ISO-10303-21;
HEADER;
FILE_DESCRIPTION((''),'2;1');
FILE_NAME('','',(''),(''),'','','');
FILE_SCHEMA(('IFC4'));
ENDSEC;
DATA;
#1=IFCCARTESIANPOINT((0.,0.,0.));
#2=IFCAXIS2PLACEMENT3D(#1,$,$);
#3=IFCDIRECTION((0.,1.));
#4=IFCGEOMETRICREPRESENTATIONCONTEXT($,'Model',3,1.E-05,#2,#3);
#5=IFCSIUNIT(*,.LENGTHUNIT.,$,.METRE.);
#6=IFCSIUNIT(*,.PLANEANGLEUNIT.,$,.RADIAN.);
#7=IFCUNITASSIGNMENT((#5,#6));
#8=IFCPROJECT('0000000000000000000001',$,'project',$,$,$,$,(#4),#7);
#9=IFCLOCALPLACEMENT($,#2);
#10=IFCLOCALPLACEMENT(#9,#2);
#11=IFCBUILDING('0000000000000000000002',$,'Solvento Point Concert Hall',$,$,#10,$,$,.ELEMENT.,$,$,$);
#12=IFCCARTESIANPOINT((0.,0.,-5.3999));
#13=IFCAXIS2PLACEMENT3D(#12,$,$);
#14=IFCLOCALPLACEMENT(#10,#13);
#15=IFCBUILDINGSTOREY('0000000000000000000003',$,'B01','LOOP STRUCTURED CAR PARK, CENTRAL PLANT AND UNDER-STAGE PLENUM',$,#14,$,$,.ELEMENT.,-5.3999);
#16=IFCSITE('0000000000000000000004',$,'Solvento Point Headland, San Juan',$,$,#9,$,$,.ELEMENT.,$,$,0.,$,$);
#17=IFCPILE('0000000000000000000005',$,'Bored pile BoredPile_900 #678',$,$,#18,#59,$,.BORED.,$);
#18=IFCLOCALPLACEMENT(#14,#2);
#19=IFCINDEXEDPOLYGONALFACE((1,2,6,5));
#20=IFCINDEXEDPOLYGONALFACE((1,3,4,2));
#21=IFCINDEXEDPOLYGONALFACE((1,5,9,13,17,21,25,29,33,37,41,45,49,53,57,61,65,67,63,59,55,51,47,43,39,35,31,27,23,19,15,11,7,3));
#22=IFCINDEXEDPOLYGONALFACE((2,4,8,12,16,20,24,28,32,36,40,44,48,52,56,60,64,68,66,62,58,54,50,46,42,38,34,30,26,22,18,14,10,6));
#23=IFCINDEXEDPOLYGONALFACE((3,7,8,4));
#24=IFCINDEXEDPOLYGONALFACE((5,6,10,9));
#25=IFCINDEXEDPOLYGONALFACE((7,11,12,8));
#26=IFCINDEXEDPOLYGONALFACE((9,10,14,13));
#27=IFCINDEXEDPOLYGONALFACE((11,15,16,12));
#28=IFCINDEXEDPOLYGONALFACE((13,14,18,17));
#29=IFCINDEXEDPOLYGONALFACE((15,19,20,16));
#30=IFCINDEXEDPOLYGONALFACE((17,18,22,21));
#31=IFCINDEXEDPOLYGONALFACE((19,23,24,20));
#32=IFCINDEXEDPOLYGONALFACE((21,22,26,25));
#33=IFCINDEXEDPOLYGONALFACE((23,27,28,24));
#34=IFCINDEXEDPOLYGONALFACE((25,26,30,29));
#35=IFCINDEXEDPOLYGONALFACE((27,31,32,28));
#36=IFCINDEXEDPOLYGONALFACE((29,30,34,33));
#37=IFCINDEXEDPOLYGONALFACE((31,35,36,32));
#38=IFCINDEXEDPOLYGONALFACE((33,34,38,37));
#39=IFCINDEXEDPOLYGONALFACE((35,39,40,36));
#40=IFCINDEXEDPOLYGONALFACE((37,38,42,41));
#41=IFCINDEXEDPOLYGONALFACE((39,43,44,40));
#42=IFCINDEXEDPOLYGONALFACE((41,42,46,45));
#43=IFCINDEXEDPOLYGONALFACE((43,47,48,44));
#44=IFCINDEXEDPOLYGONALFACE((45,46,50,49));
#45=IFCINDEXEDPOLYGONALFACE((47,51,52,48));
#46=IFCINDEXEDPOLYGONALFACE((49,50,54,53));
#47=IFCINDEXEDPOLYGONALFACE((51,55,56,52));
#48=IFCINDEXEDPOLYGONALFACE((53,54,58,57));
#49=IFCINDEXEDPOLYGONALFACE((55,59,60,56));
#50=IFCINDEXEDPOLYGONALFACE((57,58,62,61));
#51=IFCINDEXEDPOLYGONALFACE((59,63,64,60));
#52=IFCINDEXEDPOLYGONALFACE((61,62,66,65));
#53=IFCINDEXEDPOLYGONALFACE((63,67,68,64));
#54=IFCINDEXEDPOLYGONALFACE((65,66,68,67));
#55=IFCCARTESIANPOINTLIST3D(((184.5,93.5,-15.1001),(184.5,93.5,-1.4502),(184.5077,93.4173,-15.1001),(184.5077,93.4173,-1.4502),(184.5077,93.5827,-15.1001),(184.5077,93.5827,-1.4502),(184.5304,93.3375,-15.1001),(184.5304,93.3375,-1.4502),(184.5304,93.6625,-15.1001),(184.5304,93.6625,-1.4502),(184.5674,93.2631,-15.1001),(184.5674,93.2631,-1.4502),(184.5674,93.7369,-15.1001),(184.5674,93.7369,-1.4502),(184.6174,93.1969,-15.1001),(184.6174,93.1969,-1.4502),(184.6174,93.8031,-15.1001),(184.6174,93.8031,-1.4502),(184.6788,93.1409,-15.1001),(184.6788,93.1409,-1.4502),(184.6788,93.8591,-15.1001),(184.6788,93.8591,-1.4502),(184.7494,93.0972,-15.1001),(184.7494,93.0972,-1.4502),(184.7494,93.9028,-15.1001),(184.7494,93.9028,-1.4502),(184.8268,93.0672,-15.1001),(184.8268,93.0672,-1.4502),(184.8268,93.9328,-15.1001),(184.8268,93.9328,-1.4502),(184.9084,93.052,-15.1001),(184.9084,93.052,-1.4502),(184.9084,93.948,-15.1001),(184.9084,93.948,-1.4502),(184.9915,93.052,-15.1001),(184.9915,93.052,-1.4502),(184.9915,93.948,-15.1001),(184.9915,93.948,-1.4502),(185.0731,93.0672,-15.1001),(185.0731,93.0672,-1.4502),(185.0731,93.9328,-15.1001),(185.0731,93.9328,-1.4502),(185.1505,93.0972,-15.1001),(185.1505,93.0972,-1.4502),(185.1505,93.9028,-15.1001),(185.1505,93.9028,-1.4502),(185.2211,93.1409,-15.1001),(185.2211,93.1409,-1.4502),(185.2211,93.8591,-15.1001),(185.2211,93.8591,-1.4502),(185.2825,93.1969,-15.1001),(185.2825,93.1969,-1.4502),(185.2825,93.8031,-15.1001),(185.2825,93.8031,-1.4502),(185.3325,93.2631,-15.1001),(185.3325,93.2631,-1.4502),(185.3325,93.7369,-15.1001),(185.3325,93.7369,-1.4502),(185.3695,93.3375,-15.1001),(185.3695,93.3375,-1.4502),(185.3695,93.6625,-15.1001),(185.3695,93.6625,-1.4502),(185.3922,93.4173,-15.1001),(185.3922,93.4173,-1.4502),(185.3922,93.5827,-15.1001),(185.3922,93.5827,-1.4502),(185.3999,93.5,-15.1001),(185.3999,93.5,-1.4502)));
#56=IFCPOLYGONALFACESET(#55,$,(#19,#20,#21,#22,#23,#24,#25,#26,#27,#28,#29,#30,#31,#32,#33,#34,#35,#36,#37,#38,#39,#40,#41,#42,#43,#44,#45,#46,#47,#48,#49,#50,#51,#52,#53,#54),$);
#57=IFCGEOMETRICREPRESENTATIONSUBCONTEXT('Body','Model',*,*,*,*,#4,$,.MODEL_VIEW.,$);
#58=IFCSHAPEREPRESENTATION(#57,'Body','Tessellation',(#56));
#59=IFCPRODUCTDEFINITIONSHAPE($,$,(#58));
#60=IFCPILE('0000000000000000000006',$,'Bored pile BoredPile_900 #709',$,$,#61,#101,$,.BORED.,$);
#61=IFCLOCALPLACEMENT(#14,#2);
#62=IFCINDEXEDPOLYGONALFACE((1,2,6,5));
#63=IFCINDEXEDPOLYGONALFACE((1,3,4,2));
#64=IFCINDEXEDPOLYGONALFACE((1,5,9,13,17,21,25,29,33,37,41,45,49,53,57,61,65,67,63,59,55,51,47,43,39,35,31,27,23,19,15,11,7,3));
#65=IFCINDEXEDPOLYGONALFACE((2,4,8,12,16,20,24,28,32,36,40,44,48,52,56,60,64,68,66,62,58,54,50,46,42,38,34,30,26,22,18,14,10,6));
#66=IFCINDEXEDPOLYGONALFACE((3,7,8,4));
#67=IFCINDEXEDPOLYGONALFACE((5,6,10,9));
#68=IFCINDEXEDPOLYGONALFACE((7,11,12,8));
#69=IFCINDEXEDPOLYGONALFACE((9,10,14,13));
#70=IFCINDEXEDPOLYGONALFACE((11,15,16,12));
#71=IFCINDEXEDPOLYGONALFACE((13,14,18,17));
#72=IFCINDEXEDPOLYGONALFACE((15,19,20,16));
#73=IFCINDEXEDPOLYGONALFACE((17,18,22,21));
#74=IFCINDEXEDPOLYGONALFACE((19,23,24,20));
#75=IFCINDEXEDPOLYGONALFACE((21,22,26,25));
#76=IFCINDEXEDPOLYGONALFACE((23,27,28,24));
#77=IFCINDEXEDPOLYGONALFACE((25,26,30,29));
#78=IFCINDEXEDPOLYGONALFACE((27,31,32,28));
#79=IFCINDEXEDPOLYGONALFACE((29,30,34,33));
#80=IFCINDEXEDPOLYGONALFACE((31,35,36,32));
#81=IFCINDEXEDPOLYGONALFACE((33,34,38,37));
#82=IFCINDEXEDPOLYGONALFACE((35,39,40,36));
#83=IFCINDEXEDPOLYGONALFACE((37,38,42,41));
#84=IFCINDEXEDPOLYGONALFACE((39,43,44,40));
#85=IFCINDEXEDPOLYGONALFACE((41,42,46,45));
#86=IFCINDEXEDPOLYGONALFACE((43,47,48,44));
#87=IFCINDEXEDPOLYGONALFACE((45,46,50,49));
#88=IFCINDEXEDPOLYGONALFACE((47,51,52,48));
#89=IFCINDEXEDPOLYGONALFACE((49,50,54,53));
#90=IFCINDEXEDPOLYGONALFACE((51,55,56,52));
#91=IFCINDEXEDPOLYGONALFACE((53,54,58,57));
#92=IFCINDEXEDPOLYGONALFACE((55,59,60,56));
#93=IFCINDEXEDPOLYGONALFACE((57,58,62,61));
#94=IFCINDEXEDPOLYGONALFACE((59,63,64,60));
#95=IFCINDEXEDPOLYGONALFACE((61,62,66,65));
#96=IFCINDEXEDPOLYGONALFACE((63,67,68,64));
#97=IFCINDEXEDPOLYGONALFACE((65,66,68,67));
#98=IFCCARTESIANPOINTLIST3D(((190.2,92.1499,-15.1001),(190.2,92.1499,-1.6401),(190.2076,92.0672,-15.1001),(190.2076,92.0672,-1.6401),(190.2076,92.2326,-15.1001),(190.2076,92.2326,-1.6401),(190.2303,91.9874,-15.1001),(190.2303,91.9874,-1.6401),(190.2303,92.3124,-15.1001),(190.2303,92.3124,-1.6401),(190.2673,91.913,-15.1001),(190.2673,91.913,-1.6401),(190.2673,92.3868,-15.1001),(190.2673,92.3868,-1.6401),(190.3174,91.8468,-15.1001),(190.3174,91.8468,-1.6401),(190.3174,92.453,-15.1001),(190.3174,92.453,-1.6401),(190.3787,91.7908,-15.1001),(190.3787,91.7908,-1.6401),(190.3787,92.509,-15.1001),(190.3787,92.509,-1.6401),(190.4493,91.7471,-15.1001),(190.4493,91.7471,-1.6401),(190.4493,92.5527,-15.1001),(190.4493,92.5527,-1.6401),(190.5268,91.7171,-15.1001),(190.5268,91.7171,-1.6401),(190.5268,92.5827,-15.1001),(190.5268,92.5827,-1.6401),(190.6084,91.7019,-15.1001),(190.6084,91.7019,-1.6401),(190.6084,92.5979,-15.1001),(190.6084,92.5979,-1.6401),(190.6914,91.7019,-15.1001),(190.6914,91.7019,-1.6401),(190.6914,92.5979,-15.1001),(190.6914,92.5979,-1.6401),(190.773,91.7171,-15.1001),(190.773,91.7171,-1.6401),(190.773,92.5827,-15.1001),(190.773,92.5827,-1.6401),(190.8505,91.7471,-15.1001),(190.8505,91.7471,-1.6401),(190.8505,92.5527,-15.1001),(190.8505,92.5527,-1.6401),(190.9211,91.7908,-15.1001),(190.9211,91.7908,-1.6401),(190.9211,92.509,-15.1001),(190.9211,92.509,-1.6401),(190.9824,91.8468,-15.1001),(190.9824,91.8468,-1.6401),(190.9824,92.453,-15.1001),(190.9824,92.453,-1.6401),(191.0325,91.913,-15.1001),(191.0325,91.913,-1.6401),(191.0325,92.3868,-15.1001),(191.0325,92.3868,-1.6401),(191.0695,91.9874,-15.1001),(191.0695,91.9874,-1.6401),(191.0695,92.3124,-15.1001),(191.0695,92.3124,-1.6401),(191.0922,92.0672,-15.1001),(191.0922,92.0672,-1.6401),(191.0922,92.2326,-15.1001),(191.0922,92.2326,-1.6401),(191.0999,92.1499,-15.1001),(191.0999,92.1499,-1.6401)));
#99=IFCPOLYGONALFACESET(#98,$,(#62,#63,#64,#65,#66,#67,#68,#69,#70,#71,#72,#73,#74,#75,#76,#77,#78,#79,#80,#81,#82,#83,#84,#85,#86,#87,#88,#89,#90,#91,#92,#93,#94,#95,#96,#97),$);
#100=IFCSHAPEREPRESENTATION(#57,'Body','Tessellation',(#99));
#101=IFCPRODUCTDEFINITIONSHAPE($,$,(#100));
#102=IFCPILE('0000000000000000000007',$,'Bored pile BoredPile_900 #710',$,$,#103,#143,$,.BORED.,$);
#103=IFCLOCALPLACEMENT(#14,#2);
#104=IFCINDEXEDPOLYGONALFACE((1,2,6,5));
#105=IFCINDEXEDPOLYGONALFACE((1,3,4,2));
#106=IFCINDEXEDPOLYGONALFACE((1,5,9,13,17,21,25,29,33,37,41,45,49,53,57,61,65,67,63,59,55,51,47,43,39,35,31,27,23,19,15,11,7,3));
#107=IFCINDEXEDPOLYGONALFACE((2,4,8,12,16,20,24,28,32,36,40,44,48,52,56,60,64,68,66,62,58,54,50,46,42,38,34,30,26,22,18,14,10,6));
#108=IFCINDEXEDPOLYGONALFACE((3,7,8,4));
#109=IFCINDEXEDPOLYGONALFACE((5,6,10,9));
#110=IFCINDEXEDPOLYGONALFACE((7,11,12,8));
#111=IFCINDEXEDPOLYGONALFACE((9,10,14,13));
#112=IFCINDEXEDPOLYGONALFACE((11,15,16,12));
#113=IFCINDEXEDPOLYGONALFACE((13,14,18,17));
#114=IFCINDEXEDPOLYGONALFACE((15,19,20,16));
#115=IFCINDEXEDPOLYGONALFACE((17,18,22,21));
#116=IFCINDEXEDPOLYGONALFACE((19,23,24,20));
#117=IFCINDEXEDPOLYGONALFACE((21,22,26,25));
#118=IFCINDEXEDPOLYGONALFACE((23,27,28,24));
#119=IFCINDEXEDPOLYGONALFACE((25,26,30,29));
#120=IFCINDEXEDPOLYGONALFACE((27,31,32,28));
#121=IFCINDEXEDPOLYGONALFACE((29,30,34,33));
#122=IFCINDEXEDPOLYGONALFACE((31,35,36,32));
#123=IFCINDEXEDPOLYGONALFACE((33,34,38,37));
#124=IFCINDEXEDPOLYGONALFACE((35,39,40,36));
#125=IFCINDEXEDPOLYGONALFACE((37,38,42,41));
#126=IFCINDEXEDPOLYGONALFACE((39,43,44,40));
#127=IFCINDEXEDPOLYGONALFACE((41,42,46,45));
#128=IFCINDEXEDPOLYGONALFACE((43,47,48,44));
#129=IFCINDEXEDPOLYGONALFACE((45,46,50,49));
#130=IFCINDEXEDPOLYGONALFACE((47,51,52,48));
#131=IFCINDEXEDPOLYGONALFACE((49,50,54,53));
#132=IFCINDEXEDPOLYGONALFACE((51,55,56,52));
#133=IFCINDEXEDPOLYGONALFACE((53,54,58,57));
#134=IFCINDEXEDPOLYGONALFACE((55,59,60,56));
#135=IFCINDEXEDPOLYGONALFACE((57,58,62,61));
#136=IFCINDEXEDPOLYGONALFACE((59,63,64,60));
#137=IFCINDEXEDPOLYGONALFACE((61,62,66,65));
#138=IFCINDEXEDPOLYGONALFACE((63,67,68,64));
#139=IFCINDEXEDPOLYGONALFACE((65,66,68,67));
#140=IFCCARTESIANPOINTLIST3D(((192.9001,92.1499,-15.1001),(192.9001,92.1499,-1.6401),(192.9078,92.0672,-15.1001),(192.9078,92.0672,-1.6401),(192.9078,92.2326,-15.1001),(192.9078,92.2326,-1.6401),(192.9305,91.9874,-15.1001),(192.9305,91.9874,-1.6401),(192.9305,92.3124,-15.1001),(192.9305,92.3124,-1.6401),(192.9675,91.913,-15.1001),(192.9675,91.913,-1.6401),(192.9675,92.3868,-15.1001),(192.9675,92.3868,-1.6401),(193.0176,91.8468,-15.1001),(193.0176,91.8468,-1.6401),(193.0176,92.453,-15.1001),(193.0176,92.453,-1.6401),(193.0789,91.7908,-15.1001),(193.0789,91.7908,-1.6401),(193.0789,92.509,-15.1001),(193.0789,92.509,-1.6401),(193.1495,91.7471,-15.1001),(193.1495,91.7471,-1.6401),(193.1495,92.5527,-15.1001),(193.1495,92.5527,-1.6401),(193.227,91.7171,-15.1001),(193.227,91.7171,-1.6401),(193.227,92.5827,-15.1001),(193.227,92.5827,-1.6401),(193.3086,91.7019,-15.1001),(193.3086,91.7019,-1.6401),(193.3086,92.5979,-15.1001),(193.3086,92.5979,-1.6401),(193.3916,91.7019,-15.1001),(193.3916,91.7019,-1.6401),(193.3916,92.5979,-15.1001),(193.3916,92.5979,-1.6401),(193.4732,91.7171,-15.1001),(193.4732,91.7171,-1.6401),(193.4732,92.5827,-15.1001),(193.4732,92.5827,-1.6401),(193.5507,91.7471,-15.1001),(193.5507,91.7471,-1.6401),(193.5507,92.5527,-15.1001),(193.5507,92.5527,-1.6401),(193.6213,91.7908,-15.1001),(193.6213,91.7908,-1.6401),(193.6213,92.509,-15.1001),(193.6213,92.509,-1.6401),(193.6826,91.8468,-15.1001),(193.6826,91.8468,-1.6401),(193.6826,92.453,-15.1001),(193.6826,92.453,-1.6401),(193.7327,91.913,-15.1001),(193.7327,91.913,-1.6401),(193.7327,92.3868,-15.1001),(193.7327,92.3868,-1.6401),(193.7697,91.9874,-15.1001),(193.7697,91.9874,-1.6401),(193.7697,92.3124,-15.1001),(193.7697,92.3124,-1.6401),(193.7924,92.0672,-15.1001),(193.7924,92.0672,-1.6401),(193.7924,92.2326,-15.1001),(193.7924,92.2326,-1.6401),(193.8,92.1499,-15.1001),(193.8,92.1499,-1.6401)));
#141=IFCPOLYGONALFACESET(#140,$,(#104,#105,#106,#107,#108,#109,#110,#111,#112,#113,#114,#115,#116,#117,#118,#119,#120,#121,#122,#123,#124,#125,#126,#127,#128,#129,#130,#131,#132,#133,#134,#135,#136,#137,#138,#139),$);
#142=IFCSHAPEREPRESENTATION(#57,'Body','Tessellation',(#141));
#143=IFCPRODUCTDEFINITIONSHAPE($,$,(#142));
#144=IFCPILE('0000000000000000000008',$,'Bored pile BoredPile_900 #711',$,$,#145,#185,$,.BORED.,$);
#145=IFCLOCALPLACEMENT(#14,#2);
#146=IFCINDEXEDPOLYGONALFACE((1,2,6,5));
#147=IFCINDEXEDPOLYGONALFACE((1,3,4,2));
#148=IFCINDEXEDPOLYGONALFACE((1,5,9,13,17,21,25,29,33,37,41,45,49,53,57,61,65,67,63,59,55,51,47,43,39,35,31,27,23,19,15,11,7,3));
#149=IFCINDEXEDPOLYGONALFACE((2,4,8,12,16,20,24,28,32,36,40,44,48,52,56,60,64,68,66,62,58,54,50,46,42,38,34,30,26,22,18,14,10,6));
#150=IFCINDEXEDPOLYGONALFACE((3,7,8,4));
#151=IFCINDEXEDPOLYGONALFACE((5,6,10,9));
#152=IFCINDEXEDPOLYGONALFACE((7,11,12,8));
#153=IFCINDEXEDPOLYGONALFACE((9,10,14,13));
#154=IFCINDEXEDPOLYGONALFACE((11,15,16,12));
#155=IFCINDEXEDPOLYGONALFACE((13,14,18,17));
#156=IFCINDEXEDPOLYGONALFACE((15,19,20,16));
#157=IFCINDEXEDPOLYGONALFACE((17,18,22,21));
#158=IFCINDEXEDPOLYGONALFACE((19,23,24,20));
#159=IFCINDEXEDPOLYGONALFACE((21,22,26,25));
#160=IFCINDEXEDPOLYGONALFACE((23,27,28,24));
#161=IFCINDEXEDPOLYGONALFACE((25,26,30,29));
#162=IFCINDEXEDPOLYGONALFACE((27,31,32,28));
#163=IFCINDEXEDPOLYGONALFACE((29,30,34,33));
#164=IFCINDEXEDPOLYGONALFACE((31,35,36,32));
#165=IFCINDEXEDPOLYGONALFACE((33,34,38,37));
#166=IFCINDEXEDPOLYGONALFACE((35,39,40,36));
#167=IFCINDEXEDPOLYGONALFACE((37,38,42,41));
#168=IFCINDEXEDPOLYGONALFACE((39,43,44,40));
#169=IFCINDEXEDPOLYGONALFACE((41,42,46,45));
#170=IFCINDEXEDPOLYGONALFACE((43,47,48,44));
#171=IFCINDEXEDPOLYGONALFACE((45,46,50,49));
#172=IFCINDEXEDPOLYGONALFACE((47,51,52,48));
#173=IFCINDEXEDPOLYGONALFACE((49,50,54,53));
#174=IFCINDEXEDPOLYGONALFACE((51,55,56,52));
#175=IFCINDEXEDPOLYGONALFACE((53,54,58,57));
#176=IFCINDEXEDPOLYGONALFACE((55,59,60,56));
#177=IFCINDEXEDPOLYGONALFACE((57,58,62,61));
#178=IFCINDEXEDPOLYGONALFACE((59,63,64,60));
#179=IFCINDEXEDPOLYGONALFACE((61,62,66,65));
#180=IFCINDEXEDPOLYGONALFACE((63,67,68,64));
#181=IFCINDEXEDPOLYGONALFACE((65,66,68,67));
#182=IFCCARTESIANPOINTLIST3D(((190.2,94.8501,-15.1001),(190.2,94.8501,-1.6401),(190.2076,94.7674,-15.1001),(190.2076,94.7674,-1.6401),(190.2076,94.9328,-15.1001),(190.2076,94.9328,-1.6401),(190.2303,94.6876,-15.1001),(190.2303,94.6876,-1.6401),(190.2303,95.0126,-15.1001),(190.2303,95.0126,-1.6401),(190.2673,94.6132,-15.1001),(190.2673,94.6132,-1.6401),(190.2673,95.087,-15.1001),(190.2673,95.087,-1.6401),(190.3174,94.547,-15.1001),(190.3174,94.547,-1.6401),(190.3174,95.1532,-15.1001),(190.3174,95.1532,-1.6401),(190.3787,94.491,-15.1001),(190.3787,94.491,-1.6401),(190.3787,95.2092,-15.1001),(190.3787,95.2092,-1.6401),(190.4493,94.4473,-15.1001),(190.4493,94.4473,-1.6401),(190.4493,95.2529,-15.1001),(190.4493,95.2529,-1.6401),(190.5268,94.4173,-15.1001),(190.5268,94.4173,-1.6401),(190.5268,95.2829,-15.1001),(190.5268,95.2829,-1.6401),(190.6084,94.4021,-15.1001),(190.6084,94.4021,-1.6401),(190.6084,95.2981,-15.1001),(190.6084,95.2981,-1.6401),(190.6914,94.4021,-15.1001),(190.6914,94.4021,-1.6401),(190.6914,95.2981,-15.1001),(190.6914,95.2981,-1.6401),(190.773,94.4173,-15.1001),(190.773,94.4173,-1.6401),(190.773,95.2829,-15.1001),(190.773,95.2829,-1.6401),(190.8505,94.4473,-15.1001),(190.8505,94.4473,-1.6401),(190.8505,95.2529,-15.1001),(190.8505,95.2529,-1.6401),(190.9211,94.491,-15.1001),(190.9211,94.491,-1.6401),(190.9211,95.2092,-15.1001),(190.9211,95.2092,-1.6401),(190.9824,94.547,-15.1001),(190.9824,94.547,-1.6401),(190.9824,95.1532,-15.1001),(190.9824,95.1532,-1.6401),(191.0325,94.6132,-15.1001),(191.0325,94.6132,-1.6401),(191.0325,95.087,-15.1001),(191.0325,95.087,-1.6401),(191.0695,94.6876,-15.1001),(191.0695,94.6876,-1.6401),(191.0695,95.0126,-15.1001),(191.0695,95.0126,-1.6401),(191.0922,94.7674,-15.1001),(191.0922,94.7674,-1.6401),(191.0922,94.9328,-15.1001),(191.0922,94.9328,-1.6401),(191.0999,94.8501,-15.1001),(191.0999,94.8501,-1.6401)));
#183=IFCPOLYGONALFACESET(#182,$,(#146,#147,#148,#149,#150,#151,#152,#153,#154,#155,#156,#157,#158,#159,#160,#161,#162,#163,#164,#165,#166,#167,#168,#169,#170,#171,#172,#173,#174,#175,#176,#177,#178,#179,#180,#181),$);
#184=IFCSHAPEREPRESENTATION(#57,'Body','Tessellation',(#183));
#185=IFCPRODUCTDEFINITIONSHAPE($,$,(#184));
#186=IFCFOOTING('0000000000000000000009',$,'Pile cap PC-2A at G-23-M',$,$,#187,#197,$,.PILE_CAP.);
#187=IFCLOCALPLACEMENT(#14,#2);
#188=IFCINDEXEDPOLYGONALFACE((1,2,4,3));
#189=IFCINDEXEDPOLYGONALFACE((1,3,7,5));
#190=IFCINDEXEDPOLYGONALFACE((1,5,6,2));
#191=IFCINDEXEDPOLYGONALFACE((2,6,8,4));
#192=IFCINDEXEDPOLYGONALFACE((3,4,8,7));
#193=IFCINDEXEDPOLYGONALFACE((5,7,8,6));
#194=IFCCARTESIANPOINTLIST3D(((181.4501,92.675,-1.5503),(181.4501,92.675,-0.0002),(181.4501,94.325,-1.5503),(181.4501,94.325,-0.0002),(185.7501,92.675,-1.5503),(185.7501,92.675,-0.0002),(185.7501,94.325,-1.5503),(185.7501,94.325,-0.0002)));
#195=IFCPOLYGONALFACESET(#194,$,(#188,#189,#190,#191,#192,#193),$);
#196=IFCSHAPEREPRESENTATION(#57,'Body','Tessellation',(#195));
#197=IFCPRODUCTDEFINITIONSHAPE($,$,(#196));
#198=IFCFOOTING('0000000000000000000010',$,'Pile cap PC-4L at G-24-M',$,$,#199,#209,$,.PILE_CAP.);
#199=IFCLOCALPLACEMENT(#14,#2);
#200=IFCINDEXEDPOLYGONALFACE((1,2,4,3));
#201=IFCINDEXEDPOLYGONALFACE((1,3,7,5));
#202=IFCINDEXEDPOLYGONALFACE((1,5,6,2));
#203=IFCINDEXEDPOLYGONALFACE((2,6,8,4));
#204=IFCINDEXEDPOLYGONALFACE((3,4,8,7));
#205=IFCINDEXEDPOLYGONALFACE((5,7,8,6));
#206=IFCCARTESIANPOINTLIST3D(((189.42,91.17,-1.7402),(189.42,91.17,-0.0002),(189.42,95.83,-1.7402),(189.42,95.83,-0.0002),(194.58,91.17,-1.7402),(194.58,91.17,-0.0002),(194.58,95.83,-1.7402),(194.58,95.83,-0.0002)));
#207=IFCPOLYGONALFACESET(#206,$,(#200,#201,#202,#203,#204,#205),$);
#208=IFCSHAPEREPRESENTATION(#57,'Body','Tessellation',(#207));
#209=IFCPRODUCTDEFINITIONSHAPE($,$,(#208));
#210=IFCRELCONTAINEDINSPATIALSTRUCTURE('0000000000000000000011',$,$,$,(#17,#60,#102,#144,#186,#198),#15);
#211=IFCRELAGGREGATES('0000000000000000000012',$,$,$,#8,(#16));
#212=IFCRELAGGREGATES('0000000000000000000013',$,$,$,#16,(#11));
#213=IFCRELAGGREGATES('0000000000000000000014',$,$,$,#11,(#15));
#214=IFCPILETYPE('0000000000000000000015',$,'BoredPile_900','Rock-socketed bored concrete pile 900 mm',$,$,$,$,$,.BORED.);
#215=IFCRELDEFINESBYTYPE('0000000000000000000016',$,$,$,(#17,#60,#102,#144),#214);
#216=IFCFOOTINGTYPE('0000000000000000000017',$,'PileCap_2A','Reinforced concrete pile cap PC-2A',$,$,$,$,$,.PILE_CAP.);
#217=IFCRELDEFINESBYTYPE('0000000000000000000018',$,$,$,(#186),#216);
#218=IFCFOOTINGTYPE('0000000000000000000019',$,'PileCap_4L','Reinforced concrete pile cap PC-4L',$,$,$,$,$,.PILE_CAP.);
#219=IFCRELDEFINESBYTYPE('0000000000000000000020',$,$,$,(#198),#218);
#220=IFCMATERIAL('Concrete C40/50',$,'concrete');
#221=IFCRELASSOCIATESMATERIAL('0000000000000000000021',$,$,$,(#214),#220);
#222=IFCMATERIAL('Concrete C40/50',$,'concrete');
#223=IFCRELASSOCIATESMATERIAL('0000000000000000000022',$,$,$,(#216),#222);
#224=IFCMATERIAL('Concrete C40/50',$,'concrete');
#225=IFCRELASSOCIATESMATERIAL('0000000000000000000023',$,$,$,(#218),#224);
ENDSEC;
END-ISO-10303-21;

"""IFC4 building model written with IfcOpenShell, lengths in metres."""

from ifc_helpers import new_model, si_unit, direction, frame, origin, origin_2d, place, context, subcontext, project, spatial, rectangle, circle, extrude, material, material_profile, profile_set, type_object, element, save


model = new_model("IFC4")

# Units and contexts
model_context = context("Model", 3, precision=1e-05, world=origin(), true_north=direction((0.0, 1.0)))
body_context = subcontext(model_context, "Body", "Model", "MODEL_VIEW")
ifc_project = project(units=[si_unit("LENGTHUNIT", "METRE"), si_unit("PLANEANGLEUNIT", "RADIAN")], contexts=[model_context])

# Site, building, storey
site_placement = place(None, origin())
site = spatial("IfcSite", under=ifc_project, at=site_placement, Name="Solvento Point Headland, San Juan", CompositionType="ELEMENT", RefElevation=0.0)
building_placement = place(site_placement, origin())
building = spatial("IfcBuilding", under=site, at=building_placement, Name="Solvento Point Concert Hall", CompositionType="ELEMENT")
storey_placement = place(building_placement, frame((0.0, 0.0, -5.3999)))
storey = spatial("IfcBuildingStorey", under=building, at=storey_placement, Name="B01", Description="LOOP STRUCTURED CAR PARK, CENTRAL PLANT AND UNDER-STAGE PLENUM", CompositionType="ELEMENT", Elevation=-5.3999)

# Piles
ifc_material_1 = material(Name="Concrete C40/50", Category="concrete")
ifc_material_profile_1 = material_profile(ifc_material_1, circle(Radius=0.45, at=origin_2d()), Name="BP-900")
ifc_profile_set_1 = profile_set([ifc_material_profile_1], Name="Concrete C40/50")
pile_type_1 = type_object("IfcPileType", Name="BoredPile_900", Description="Rock-socketed bored concrete pile 900 mm", PredefinedType="BORED", material=ifc_profile_set_1)
for number, where, z_axis, x_axis, name in (
    (1, (184.95, 93.5, -1.4502), (0.0, 0.0, -1.0), (1.0, 0.0, 0.0), "Bored pile BoredPile_900 #678"),
):
    element("IfcPile", number, at=place(storey_placement, frame(where, z_axis=z_axis, x_axis=x_axis)), inside=storey, type_object=pile_type_1, Name=name, PredefinedType="BORED", context=body_context, shape_type="SweptSolid", body=[
        extrude(circle(Radius=0.45, at=origin_2d()), origin(), (0.0, 0.0, 1.0), 13.6499),
    ])
for number, where, z_axis, x_axis, name in (
    (2, (190.6499, 92.1499, -1.6401), (0.0, 0.0, -1.0), (1.0, 0.0, 0.0), "Bored pile BoredPile_900 #709"),
    (3, (193.3501, 92.1499, -1.6401), (0.0, 0.0, -1.0), (1.0, 0.0, 0.0), "Bored pile BoredPile_900 #710"),
    (4, (190.6499, 94.8501, -1.6401), (0.0, 0.0, -1.0), (1.0, 0.0, 0.0), "Bored pile BoredPile_900 #711"),
):
    element("IfcPile", number, at=place(storey_placement, frame(where, z_axis=z_axis, x_axis=x_axis)), inside=storey, type_object=pile_type_1, Name=name, PredefinedType="BORED", context=body_context, shape_type="SweptSolid", body=[
        extrude(circle(Radius=0.45, at=origin_2d()), origin(), (0.0, 0.0, 1.0), 13.46),
    ])

# Footings
ifc_material_2 = material(Name="Concrete C40/50", Category="concrete")
footing_type_1 = type_object("IfcFootingType", Name="PileCap_2A", Description="Reinforced concrete pile cap PC-2A", PredefinedType="PILE_CAP", material=ifc_material_2)
footing_1_placement = place(storey_placement, frame((183.6001, 93.5, -1.5503), z_axis=(0.0, 0.0, 1.0), x_axis=(1.0, 0.0, 0.0)))
element("IfcFooting", 5, at=footing_1_placement, inside=storey, type_object=footing_type_1, Name="Pile cap PC-2A at G-23-M", PredefinedType="PILE_CAP", context=body_context, shape_type="SweptSolid", body=[
    extrude(rectangle(XDim=4.3, YDim=1.6499, at=origin_2d()), origin(), (0.0, 0.0, 1.0), 1.55),
])
ifc_material_3 = material(Name="Concrete C40/50", Category="concrete")
footing_type_2 = type_object("IfcFootingType", Name="PileCap_4L", Description="Reinforced concrete pile cap PC-4L", PredefinedType="PILE_CAP", material=ifc_material_3)
footing_2_placement = place(storey_placement, frame((192.0, 93.5, -1.7402), z_axis=(0.0, 0.0, 1.0), x_axis=(1.0, 0.0, 0.0)))
element("IfcFooting", 6, at=footing_2_placement, inside=storey, type_object=footing_type_2, Name="Pile cap PC-4L at G-24-M", PredefinedType="PILE_CAP", context=body_context, shape_type="SweptSolid", body=[
    extrude(rectangle(XDim=5.1599, YDim=4.6599, at=origin_2d()), origin(), (0.0, 0.0, 1.0), 1.74),
])

save(model, "model.ifc")
